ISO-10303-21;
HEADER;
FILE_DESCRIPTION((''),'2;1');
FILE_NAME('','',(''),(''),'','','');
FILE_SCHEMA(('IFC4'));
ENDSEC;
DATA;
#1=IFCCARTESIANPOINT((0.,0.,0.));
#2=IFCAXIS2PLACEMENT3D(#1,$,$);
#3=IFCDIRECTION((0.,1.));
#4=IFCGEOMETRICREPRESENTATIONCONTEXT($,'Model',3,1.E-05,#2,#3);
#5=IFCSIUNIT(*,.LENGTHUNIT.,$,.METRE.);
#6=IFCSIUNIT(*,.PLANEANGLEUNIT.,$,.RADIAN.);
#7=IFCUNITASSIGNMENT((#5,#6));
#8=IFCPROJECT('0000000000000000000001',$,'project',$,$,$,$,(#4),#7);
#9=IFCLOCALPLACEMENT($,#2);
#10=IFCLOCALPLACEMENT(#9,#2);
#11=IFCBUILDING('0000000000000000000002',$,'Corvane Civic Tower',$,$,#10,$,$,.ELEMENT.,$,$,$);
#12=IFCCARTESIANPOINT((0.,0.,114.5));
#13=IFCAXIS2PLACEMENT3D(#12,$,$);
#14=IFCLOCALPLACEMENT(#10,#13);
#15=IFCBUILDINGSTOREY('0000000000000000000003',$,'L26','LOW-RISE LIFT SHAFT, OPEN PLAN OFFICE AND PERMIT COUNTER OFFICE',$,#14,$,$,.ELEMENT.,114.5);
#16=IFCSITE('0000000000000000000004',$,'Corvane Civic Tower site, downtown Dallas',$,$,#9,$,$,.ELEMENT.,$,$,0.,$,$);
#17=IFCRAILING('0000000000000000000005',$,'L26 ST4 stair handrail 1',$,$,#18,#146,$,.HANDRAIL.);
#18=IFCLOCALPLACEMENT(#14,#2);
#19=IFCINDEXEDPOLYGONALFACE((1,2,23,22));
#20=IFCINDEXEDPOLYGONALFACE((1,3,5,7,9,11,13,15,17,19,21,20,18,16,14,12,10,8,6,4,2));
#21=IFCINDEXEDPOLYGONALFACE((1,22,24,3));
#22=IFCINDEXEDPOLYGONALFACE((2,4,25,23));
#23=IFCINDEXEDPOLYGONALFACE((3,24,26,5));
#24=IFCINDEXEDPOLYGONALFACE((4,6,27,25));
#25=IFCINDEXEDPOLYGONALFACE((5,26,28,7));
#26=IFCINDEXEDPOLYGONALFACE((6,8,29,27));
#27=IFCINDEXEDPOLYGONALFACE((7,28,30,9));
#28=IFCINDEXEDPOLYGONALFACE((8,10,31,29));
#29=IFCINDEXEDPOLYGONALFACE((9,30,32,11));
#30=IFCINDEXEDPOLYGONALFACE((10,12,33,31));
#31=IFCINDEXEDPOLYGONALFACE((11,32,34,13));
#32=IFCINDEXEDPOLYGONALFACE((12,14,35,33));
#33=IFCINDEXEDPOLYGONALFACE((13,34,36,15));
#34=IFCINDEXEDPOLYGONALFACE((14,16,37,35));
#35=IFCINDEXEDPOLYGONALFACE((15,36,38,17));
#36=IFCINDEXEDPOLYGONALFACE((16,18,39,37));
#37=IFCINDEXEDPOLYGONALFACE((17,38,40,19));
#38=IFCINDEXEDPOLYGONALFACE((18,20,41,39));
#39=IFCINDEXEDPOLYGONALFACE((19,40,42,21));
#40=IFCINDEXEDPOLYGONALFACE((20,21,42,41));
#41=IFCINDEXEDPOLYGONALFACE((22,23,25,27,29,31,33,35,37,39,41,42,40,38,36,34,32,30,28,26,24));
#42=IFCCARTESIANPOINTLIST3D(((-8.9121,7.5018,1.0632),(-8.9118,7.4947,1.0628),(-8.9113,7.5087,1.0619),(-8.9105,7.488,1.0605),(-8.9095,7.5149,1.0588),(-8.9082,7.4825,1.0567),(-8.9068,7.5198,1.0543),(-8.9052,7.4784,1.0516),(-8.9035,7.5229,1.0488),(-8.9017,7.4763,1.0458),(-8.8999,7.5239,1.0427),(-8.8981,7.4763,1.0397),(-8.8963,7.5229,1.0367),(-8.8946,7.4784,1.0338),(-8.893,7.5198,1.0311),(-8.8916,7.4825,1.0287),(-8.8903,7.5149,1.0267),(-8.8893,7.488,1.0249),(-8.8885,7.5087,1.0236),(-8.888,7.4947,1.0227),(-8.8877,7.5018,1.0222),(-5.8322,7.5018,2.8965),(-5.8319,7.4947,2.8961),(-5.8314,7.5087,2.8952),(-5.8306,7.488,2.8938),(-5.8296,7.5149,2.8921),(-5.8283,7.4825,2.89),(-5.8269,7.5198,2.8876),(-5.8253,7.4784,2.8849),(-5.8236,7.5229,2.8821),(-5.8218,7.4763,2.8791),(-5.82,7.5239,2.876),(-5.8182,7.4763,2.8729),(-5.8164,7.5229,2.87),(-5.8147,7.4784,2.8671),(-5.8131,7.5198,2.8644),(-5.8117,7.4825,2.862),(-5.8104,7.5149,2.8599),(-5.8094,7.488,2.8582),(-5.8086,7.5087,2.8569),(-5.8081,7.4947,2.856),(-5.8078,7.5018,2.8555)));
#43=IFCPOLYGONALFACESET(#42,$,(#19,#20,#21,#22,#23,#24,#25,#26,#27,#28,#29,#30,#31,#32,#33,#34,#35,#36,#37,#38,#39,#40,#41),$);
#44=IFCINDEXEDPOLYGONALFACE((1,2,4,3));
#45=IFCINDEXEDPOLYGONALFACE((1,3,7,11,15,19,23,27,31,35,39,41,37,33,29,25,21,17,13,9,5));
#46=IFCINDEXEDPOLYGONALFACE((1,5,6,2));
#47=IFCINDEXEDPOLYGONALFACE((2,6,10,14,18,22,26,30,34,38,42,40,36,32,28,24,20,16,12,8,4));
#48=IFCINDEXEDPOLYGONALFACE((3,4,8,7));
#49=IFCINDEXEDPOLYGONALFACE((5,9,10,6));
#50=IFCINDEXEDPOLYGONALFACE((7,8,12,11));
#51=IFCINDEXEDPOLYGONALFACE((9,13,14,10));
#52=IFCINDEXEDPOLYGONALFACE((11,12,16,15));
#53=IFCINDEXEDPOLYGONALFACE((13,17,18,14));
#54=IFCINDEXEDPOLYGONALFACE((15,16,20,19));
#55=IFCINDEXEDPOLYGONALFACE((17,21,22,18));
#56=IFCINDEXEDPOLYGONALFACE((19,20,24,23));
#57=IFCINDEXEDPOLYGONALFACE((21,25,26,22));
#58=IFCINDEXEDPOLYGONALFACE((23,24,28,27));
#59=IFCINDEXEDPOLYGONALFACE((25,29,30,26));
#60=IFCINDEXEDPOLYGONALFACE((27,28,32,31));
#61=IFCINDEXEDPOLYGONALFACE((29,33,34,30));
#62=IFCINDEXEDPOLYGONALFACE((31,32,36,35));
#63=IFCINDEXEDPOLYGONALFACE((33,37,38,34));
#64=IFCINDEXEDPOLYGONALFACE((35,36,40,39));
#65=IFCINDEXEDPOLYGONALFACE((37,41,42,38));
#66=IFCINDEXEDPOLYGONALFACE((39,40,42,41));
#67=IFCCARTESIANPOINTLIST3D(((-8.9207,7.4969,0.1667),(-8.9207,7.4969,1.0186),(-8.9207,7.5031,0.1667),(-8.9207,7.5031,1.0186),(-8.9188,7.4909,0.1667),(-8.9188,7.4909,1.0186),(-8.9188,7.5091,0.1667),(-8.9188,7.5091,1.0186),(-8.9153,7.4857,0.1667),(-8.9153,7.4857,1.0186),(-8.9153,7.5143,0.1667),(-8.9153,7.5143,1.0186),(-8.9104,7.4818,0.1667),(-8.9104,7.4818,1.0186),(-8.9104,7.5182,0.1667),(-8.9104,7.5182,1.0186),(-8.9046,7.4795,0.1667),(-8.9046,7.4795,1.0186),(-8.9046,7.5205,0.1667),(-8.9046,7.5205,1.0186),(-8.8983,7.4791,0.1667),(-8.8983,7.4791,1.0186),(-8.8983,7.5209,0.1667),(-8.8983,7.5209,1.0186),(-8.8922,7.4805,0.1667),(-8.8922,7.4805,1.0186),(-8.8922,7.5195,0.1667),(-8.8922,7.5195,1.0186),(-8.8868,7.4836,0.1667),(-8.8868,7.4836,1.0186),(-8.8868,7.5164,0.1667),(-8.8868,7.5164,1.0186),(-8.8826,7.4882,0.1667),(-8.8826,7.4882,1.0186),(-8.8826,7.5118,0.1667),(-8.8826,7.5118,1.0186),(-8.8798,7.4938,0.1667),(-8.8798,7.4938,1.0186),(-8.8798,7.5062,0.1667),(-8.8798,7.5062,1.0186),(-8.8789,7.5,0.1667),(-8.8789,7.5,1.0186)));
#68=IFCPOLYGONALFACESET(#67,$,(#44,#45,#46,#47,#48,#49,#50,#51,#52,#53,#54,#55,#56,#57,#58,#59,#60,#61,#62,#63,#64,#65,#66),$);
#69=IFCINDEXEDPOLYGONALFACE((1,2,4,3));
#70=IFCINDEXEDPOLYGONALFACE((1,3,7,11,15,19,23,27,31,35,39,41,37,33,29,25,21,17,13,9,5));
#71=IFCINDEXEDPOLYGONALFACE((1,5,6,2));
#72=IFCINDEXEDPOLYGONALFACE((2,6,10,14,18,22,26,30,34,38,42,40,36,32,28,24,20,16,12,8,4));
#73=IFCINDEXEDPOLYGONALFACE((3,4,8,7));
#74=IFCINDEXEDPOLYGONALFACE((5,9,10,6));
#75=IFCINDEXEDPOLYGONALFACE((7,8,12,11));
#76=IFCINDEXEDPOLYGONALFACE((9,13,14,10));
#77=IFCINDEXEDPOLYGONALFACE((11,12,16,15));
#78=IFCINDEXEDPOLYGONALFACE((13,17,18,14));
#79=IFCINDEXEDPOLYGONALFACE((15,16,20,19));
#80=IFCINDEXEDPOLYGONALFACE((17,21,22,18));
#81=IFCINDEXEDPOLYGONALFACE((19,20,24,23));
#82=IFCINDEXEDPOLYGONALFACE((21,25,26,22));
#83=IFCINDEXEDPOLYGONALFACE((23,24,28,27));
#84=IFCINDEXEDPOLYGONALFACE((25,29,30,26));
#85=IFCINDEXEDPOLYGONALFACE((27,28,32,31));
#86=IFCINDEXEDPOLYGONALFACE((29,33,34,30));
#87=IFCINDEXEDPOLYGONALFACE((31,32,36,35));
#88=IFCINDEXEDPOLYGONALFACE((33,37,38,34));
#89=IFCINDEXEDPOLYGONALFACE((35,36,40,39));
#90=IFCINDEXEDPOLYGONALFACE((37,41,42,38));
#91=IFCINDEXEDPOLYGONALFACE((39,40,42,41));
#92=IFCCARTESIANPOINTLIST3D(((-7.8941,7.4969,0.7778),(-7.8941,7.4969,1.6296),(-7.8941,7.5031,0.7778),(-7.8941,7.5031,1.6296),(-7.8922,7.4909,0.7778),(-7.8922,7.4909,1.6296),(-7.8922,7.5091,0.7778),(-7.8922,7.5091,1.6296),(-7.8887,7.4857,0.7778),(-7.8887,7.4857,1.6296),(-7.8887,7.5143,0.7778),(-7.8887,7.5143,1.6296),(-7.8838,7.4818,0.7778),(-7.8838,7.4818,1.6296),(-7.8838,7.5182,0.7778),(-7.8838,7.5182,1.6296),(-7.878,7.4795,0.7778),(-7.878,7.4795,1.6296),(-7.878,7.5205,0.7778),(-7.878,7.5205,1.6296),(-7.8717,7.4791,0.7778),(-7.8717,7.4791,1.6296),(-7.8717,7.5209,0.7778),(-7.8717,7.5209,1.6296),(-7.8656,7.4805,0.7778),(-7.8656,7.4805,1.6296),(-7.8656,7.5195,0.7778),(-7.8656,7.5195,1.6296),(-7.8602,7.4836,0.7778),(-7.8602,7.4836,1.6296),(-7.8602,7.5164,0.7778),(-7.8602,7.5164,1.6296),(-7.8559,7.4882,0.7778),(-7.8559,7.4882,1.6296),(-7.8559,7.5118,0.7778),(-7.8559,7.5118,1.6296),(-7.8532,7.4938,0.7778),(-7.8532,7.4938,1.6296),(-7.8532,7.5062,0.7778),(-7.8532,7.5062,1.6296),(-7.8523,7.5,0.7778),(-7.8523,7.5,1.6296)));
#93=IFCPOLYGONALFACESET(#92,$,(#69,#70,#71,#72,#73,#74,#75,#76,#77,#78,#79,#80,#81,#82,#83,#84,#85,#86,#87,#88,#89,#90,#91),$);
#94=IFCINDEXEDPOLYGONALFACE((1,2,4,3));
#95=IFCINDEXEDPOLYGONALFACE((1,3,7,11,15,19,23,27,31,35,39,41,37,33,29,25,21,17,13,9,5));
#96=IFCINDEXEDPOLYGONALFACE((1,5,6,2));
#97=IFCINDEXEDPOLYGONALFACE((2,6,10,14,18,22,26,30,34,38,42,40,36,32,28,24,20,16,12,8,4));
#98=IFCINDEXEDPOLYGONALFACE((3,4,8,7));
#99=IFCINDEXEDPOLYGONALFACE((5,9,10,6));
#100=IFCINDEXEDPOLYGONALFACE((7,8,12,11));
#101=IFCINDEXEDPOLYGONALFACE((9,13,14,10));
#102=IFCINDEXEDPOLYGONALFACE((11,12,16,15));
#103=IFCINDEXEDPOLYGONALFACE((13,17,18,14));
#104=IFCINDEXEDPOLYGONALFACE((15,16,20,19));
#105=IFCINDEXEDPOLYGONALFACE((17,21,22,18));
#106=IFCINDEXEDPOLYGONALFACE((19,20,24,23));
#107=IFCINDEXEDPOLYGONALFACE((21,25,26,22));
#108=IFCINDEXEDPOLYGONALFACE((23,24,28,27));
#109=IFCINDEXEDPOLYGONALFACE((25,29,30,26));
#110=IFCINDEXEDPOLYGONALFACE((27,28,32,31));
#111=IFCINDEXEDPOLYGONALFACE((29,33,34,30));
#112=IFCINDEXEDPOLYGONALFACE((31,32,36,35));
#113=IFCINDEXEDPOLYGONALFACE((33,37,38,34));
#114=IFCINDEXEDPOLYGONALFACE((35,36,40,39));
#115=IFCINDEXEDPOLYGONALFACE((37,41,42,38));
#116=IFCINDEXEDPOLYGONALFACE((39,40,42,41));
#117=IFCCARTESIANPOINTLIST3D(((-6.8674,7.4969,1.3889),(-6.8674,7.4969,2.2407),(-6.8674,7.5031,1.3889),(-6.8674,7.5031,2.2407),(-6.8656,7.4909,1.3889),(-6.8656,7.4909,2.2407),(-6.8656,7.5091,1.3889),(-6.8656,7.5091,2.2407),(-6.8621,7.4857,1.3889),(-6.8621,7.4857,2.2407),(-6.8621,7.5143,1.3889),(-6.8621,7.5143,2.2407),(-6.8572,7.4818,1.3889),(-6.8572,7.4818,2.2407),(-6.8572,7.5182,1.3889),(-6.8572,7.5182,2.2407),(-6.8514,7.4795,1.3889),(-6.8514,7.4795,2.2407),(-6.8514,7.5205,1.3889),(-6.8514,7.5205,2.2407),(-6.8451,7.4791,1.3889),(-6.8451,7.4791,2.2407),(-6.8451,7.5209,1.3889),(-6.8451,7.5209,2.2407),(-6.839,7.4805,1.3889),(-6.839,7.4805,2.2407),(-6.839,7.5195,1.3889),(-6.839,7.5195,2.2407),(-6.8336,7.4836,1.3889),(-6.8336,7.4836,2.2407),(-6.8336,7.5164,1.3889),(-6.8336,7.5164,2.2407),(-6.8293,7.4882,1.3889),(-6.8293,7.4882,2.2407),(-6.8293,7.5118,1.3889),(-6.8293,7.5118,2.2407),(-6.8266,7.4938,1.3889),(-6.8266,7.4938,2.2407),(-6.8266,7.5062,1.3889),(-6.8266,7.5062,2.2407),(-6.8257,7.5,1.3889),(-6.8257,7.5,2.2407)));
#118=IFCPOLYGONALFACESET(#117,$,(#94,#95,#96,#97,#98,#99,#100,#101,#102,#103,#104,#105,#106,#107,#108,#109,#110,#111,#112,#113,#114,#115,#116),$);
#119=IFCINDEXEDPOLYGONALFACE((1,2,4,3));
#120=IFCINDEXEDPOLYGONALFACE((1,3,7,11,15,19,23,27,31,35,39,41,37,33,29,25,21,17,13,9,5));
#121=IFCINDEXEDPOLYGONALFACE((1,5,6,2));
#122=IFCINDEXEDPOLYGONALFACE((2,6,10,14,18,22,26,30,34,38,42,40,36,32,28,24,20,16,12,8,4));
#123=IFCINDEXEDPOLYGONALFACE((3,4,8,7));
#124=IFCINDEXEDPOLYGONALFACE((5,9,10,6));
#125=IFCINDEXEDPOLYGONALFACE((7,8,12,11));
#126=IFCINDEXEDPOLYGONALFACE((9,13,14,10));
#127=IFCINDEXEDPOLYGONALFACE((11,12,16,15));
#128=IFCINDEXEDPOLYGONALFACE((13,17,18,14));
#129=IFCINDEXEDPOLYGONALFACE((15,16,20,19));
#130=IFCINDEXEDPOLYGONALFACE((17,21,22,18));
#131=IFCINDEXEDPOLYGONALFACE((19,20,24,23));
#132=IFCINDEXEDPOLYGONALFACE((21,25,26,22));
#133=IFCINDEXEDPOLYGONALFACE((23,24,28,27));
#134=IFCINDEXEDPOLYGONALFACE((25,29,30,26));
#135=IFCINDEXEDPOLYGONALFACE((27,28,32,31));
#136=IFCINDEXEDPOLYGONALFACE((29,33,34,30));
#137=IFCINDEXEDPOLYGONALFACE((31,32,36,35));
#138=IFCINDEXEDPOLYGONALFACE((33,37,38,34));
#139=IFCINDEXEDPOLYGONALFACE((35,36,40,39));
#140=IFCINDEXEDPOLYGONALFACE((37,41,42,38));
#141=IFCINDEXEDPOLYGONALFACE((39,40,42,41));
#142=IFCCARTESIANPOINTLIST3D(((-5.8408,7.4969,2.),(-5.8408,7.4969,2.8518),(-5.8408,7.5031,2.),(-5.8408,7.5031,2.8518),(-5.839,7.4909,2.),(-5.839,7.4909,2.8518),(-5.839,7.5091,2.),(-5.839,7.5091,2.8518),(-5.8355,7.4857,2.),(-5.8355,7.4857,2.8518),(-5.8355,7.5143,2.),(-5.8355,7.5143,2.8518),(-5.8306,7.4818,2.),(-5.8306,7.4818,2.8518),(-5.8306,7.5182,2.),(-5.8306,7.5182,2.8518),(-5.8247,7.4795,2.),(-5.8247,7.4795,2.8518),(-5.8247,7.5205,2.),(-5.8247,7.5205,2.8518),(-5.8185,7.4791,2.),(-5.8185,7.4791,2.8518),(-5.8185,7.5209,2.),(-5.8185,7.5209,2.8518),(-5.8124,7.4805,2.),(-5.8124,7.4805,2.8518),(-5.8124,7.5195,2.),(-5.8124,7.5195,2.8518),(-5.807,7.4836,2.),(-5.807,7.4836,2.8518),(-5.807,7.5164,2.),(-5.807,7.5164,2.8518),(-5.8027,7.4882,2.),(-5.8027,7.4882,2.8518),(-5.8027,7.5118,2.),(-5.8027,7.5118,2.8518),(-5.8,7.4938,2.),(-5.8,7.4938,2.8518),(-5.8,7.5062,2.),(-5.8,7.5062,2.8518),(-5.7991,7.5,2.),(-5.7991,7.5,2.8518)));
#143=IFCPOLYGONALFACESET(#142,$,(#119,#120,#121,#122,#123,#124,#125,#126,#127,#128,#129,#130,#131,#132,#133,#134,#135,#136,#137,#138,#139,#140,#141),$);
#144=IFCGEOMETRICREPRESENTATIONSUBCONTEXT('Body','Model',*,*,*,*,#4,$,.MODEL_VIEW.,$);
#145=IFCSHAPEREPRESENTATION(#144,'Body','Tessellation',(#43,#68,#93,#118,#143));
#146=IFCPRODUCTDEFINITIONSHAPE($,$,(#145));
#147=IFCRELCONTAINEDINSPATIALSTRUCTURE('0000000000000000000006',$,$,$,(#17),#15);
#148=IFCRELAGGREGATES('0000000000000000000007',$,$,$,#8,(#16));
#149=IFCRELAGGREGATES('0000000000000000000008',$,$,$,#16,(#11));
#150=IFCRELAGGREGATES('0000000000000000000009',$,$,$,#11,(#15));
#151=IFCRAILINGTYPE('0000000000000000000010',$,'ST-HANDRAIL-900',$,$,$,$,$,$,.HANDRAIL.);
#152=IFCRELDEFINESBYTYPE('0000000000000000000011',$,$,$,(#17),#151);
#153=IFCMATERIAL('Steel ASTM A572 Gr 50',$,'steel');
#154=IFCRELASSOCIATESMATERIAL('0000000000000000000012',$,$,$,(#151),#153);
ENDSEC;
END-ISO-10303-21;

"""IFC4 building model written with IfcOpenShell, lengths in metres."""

from ifc_helpers import new_model, si_unit, direction, frame, origin, origin_2d, place, context, subcontext, project, spatial, circle, extrude, material, type_object, element, save


model = new_model("IFC4")

# Units and contexts
model_context = context("Model", 3, precision=1e-05, world=origin(), true_north=direction((0.0, 1.0)))
body_context = subcontext(model_context, "Body", "Model", "MODEL_VIEW")
ifc_project = project(units=[si_unit("LENGTHUNIT", "METRE"), si_unit("PLANEANGLEUNIT", "RADIAN")], contexts=[model_context])

# Site, building, storey
site_placement = place(None, origin())
site = spatial("IfcSite", under=ifc_project, at=site_placement, Name="Corvane Civic Tower site, downtown Dallas", CompositionType="ELEMENT", RefElevation=0.0)
building_placement = place(site_placement, origin())
building = spatial("IfcBuilding", under=site, at=building_placement, Name="Corvane Civic Tower", CompositionType="ELEMENT")
storey_placement = place(building_placement, frame((0.0, 0.0, 114.5)))
storey = spatial("IfcBuildingStorey", under=building, at=storey_placement, Name="L26", Description="LOW-RISE LIFT SHAFT, OPEN PLAN OFFICE AND PERMIT COUNTER OFFICE", CompositionType="ELEMENT", Elevation=114.5)

# Railing
ifc_material_1 = material(Name="Steel ASTM A572 Gr 50", Category="steel")
railing_type_1 = type_object("IfcRailingType", Name="ST-HANDRAIL-900", PredefinedType="HANDRAIL", material=ifc_material_1)
railing_1_placement = place(storey_placement, frame((-8.8999, 7.5, 0.1667)))
element("IfcRailing", 1, at=railing_1_placement, inside=storey, type_object=railing_type_1, Name="L26 ST4 stair handrail 1", PredefinedType="HANDRAIL", context=body_context, shape_type="SweptSolid", body=[
    extrude(circle(Radius=0.0239, at=origin_2d()), frame((0.0, 0.0, 0.876), z_axis=(0.859291, 0.0, 0.511487), x_axis=(0.0, 1.0, 0.0)), (0.0, 0.0, 1.0), 3.5842),
    extrude(circle(Radius=0.021, at=origin_2d()), origin(), (0.0, 0.0, 1.0), 0.8518),
    extrude(circle(Radius=0.021, at=origin_2d()), frame((1.0266, 0.0, 0.6111)), (0.0, 0.0, 1.0), 0.8518),
    extrude(circle(Radius=0.021, at=origin_2d()), frame((2.0532, 0.0, 1.2222)), (0.0, 0.0, 1.0), 0.8518),
    extrude(circle(Radius=0.021, at=origin_2d()), frame((3.0798, 0.0, 1.8333)), (0.0, 0.0, 1.0), 0.8518),
])

save(model, "model.ifc")
